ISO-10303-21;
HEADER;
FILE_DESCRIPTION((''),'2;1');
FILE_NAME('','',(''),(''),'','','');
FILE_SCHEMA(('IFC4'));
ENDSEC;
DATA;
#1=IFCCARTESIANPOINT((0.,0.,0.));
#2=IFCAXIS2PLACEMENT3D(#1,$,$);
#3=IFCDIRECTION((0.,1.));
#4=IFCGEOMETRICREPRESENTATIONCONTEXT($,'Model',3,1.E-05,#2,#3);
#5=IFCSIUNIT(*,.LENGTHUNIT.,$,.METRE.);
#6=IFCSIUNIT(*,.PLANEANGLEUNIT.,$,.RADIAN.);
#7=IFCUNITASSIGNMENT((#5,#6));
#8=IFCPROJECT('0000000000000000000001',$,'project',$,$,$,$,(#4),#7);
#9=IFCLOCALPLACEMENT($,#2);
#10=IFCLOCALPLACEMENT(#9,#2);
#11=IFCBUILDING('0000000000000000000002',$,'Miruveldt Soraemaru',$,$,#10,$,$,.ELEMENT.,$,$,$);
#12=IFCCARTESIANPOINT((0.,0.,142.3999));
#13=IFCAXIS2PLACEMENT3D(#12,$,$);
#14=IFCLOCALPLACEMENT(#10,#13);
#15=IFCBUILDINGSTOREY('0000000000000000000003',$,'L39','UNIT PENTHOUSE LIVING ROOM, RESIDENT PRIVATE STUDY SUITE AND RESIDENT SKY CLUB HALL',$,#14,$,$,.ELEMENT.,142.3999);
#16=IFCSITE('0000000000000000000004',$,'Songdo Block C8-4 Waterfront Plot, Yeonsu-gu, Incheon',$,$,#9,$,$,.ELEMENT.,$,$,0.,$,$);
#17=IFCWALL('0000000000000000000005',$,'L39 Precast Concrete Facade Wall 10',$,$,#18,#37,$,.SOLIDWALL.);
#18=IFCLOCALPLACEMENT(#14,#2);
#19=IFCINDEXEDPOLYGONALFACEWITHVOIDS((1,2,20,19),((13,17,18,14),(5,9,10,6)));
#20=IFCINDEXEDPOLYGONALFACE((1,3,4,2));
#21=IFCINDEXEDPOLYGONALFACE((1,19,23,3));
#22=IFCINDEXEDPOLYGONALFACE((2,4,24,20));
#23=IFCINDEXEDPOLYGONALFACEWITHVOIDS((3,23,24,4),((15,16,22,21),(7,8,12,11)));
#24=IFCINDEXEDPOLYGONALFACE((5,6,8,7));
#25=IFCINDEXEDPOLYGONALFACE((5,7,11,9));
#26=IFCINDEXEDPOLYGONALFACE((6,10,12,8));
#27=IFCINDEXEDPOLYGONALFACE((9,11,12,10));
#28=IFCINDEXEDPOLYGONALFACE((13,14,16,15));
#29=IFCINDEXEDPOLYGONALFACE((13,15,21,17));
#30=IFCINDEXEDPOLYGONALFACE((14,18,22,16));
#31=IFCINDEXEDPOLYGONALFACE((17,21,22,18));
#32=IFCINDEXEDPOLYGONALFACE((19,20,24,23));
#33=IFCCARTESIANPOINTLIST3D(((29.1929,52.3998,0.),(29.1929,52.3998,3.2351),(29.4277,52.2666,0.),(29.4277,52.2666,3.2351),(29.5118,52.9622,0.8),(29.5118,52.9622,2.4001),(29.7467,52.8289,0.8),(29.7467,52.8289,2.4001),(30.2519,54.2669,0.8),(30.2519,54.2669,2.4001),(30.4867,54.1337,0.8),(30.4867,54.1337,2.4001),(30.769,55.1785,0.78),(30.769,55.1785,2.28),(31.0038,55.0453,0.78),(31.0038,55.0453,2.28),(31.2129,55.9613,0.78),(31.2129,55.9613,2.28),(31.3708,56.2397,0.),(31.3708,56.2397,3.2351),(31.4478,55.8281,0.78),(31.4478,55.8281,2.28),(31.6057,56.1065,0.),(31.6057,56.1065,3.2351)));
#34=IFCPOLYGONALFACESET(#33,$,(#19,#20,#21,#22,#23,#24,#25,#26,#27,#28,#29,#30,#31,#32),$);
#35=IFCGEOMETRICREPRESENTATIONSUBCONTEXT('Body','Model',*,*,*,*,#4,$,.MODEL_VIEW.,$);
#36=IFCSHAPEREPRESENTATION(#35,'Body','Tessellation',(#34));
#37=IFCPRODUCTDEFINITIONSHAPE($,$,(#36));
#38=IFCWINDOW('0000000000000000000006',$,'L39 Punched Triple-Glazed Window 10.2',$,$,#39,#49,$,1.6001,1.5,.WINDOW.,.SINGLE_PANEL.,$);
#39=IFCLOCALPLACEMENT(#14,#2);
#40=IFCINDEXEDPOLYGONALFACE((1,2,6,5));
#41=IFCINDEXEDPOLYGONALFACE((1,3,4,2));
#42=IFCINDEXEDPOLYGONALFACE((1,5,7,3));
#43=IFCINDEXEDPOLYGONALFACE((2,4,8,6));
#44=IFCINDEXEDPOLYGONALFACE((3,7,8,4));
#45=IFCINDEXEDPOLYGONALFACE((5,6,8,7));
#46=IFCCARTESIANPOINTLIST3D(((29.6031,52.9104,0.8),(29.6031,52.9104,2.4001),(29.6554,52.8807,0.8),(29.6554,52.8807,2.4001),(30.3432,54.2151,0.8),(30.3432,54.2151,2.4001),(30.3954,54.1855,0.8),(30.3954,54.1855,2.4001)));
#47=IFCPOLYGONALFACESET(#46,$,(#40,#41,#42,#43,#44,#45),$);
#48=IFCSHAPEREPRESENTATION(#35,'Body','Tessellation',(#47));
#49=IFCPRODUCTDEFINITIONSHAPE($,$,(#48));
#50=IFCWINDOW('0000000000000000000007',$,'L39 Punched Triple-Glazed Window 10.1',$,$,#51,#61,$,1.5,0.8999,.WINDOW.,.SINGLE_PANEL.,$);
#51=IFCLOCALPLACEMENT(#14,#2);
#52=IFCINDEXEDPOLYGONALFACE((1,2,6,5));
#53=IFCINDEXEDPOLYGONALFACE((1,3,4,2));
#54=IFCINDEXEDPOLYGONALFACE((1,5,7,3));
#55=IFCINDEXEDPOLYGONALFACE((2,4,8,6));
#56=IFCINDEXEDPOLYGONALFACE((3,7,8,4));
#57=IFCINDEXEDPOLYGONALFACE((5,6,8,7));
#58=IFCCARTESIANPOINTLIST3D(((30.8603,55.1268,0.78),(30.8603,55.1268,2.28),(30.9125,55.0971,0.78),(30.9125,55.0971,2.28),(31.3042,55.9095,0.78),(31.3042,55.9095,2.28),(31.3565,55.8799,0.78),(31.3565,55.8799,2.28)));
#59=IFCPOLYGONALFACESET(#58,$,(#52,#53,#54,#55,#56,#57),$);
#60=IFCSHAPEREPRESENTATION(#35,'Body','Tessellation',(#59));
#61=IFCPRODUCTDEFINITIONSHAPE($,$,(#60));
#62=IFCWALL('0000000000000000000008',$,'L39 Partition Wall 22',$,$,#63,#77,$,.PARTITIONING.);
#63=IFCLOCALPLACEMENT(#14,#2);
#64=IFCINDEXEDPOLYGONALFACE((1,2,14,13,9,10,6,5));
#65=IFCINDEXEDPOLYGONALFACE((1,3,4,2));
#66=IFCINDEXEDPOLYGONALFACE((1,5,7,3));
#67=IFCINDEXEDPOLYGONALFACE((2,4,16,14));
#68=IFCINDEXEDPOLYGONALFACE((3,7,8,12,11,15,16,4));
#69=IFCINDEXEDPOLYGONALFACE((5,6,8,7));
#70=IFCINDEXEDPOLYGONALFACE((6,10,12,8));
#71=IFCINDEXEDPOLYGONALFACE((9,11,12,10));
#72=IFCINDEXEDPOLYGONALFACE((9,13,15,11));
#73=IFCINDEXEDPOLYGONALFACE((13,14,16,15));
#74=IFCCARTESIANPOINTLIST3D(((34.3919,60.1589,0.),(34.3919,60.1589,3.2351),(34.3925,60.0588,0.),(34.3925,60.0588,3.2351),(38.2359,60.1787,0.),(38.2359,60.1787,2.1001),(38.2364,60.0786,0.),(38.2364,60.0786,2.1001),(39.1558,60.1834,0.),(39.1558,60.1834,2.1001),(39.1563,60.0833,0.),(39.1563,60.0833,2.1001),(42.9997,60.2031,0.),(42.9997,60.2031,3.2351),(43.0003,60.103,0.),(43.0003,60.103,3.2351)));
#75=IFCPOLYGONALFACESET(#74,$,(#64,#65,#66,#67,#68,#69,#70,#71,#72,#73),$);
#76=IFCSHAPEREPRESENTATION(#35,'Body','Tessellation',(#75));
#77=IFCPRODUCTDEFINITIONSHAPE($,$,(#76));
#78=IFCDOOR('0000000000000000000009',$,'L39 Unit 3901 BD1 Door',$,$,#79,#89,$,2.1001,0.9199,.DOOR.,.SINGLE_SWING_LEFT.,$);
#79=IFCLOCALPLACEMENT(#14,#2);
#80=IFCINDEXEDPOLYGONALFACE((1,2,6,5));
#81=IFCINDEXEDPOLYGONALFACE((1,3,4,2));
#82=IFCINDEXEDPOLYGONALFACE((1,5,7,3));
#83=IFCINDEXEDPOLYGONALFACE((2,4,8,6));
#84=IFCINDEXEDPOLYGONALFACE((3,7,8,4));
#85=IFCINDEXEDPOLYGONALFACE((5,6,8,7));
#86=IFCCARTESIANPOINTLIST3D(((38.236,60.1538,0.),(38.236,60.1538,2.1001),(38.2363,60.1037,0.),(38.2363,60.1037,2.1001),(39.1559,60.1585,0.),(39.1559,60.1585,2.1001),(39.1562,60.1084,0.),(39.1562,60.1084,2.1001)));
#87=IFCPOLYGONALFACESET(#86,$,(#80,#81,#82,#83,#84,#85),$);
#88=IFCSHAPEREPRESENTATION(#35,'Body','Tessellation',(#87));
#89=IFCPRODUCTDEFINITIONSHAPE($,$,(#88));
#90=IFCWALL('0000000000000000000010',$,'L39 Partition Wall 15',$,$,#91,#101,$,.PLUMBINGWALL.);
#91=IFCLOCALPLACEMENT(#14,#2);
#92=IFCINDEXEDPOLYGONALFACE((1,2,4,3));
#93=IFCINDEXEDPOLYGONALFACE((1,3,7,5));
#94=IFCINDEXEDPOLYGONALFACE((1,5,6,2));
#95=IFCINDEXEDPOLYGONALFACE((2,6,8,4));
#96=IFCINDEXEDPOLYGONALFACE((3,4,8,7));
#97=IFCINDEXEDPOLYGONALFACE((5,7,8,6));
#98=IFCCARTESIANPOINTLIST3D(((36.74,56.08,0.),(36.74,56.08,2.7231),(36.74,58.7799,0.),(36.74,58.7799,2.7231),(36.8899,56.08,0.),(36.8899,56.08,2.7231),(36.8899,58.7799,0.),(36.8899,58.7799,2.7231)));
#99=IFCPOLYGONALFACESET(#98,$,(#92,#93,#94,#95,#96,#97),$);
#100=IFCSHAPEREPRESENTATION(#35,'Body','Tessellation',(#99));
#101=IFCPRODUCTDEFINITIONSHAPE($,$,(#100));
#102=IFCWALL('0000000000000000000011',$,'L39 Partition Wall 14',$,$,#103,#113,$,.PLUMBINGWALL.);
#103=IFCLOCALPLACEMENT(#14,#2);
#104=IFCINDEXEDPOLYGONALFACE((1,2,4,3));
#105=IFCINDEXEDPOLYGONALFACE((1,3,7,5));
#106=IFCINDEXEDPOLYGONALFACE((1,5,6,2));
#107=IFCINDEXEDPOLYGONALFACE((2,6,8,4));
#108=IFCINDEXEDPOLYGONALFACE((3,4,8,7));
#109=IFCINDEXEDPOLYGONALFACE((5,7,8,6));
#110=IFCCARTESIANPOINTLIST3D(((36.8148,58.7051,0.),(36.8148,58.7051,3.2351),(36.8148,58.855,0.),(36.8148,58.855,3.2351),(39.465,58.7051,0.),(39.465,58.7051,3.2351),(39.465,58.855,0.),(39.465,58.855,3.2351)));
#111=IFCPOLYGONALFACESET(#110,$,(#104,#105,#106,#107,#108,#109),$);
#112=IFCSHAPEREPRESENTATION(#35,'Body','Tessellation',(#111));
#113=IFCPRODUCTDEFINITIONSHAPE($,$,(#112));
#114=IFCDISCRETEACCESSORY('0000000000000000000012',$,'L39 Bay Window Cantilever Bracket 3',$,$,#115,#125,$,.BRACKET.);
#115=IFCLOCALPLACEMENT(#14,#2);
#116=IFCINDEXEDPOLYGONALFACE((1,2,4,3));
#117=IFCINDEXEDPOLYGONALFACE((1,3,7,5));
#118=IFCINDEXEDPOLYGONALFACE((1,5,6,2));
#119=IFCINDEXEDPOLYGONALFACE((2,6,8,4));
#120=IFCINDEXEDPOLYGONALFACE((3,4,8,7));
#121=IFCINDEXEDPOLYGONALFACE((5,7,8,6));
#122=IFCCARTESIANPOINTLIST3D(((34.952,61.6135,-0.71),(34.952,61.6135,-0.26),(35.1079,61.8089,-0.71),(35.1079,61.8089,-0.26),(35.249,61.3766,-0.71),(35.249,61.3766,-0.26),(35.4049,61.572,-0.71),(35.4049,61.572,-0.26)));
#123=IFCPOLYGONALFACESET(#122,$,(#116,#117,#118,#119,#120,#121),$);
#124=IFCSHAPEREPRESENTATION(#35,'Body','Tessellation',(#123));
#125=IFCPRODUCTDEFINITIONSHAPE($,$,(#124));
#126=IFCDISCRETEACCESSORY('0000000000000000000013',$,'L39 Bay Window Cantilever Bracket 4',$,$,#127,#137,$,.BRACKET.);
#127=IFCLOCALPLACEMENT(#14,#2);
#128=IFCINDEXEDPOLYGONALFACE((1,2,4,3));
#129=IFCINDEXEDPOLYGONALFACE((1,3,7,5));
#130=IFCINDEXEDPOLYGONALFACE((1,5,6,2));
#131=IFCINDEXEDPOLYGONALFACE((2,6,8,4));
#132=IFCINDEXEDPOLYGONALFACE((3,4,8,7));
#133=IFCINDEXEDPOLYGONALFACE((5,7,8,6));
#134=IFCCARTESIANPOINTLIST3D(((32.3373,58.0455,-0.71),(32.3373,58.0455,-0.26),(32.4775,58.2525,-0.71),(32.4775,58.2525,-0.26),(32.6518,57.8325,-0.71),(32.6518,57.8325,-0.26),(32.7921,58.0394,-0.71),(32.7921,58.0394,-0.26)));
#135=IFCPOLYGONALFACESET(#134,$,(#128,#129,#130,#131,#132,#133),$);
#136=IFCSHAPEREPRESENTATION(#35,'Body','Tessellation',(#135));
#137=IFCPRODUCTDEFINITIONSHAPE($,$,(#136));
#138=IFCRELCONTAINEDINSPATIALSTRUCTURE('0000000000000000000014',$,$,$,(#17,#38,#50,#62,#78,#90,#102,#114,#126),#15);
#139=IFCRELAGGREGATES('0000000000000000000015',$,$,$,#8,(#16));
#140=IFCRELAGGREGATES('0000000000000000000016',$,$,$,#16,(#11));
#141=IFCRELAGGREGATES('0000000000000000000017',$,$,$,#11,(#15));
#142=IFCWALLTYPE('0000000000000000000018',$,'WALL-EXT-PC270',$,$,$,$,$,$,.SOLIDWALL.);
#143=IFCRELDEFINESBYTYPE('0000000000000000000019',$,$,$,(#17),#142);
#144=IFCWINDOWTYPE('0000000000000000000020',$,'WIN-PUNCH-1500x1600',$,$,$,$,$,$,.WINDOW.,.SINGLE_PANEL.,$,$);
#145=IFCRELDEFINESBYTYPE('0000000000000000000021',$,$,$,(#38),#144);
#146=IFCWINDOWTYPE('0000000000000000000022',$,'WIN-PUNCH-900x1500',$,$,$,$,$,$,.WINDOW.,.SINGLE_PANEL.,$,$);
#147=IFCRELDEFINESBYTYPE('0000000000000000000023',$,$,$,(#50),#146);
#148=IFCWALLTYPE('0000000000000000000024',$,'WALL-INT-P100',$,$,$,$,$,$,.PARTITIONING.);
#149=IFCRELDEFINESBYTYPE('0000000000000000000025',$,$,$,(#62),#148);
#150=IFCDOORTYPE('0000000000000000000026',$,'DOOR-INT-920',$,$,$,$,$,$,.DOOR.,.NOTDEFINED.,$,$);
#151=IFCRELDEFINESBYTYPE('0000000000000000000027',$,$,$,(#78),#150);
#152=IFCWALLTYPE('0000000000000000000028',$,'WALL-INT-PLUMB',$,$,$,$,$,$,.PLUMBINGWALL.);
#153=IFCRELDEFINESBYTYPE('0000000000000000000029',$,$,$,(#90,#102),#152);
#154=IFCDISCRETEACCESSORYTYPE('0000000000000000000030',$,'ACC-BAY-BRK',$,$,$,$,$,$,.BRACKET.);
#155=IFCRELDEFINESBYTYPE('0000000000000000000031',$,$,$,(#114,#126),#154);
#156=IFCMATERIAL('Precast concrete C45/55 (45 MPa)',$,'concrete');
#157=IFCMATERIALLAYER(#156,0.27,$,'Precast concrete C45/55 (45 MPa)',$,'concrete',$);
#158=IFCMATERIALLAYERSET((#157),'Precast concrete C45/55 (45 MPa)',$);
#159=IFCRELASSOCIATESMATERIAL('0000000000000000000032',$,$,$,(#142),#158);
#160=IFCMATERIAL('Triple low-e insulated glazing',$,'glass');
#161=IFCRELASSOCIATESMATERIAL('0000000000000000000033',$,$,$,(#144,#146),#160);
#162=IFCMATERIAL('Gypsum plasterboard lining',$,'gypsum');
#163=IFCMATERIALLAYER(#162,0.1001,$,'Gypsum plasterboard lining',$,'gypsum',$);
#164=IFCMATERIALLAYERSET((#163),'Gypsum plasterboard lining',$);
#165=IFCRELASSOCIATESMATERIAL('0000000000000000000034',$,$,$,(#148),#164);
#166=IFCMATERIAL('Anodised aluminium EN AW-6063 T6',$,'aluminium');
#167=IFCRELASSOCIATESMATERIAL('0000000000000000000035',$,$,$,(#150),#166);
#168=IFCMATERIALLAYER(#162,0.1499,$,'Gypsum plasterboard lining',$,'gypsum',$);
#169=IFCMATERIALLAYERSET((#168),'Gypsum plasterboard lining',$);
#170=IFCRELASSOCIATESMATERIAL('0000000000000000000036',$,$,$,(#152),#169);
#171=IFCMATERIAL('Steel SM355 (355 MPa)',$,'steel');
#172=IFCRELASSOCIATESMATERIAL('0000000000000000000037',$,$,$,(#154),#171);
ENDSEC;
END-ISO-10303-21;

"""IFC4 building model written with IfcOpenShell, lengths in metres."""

from ifc_helpers import new_model, si_unit, direction, frame, frame_2d, origin, origin_2d, place, context, subcontext, project, spatial, rectangle, extrude, material, layer, layer_set, type_object, element, fill, save


model = new_model("IFC4")

# Units and contexts
model_context = context("Model", 3, precision=1e-05, world=origin(), true_north=direction((0.0, 1.0)))
body_context = subcontext(model_context, "Body", "Model", "MODEL_VIEW")
ifc_project = project(units=[si_unit("LENGTHUNIT", "METRE"), si_unit("PLANEANGLEUNIT", "RADIAN")], contexts=[model_context])

# Site, building, storey
site_placement = place(None, origin())
site = spatial("IfcSite", under=ifc_project, at=site_placement, Name="Songdo Block C8-4 Waterfront Plot, Yeonsu-gu, Incheon", CompositionType="ELEMENT", RefElevation=0.0)
building_placement = place(site_placement, origin())
building = spatial("IfcBuilding", under=site, at=building_placement, Name="Miruveldt Soraemaru", CompositionType="ELEMENT")
storey_placement = place(building_placement, frame((0.0, 0.0, 142.3999)))
storey = spatial("IfcBuildingStorey", under=building, at=storey_placement, Name="L39", Description="UNIT PENTHOUSE LIVING ROOM, RESIDENT PRIVATE STUDY SUITE AND RESIDENT SKY CLUB HALL", CompositionType="ELEMENT", Elevation=142.3999)

# Shared definitions
ifc_material_1 = material(Name="Steel SM355 (355 MPa)", Category="steel")

# Shared definitions
ifc_material_2 = material(Name="Triple low-e insulated glazing", Category="glass")

# Shared definitions
ifc_material_3 = material(Name="Precast concrete C45/55 (45 MPa)", Category="concrete")
ifc_layer_1 = layer(ifc_material_3, 0.27, Name="Precast concrete C45/55 (45 MPa)", Category="concrete")
ifc_layer_set_1 = layer_set([ifc_layer_1], Name="Precast concrete C45/55 (45 MPa)")
wall_type_1 = type_object("IfcWallType", Name="WALL-EXT-PC270", PredefinedType="SOLIDWALL", material=ifc_layer_set_1)

# Wall, openings, windows
wall_1_placement = place(storey_placement, frame((31.4883, 56.1731, 0.0), z_axis=(0.0, 0.0, 1.0), x_axis=(-0.493367, -0.869821, 0.0)))
wall_1 = element("IfcWall", 1, at=wall_1_placement, inside=storey, type_object=wall_type_1, Name="L39 Precast Concrete Facade Wall 10", PredefinedType="SOLIDWALL", context=body_context, shape_type="SweptSolid", body=[
    extrude(rectangle(XDim=4.4146, YDim=0.27, at=frame_2d((2.2073, 0.0))), origin(), (0.0, 0.0, 1.0), 3.2351),
])
opening_1_placement = place(wall_1_placement, frame((0.3201, 0.0, 0.78)))
opening_1 = element("IfcOpeningElement", 2, at=opening_1_placement, cuts=wall_1, PredefinedType="OPENING", context=body_context, shape_type="SweptSolid", body=[
    extrude(rectangle(XDim=0.8999, YDim=1.5, at=frame_2d((0.45, 0.75))), frame((0.0, 0.145, 0.0), z_axis=(0.0, -1.0, 0.0), x_axis=(1.0, 0.0, 0.0)), (0.0, 0.0, 1.0), 0.29),
])
opening_2_placement = place(wall_1_placement, frame((2.2681, 0.0, 0.8)))
opening_2 = element("IfcOpeningElement", 3, at=opening_2_placement, cuts=wall_1, PredefinedType="OPENING", context=body_context, shape_type="SweptSolid", body=[
    extrude(rectangle(XDim=1.5, YDim=1.6001, at=frame_2d((0.75, 0.8))), frame((0.0, 0.145, 0.0), z_axis=(0.0, -1.0, 0.0), x_axis=(1.0, 0.0, 0.0)), (0.0, 0.0, 1.0), 0.29),
])
window_type_1 = type_object("IfcWindowType", Name="WIN-PUNCH-1500x1600", PartitioningType="SINGLE_PANEL", PredefinedType="WINDOW", material=ifc_material_2)
window_1_placement = place(opening_2_placement, origin())
window_1 = element("IfcWindow", 4, at=window_1_placement, inside=storey, type_object=window_type_1, Name="L39 Punched Triple-Glazed Window 10.2", OverallHeight=1.6001, OverallWidth=1.5, PartitioningType="SINGLE_PANEL", PredefinedType="WINDOW", context=body_context, shape_type="SweptSolid", body=[
    extrude(rectangle(XDim=1.5, YDim=1.6001, at=frame_2d((0.75, 0.8))), frame((0.0, 0.03, 0.0), z_axis=(0.0, -1.0, 0.0), x_axis=(1.0, 0.0, 0.0)), (0.0, 0.0, 1.0), 0.0601),
])
fill(opening_2, window_1)
window_type_2 = type_object("IfcWindowType", Name="WIN-PUNCH-900x1500", PartitioningType="SINGLE_PANEL", PredefinedType="WINDOW", material=ifc_material_2)
window_2_placement = place(opening_1_placement, origin())
window_2 = element("IfcWindow", 5, at=window_2_placement, inside=storey, type_object=window_type_2, Name="L39 Punched Triple-Glazed Window 10.1", OverallHeight=1.5, OverallWidth=0.8999, PartitioningType="SINGLE_PANEL", PredefinedType="WINDOW", context=body_context, shape_type="SweptSolid", body=[
    extrude(rectangle(XDim=0.8999, YDim=1.5, at=frame_2d((0.45, 0.75))), frame((0.0, 0.03, 0.0), z_axis=(0.0, -1.0, 0.0), x_axis=(1.0, 0.0, 0.0)), (0.0, 0.0, 1.0), 0.0601),
])
fill(opening_1, window_2)

# Wall, opening, door
ifc_material_4 = material(Name="Gypsum plasterboard lining", Category="gypsum")
ifc_layer_2 = layer(ifc_material_4, 0.1001, Name="Gypsum plasterboard lining", Category="gypsum")
ifc_layer_set_2 = layer_set([ifc_layer_2], Name="Gypsum plasterboard lining")
wall_type_2 = type_object("IfcWallType", Name="WALL-INT-P100", PredefinedType="PARTITIONING", material=ifc_layer_set_2)
wall_2_placement = place(storey_placement, frame((43.0, 60.1531, 0.0), z_axis=(0.0, 0.0, 1.0), x_axis=(-0.999987, -0.005134, 0.0)))
wall_2 = element("IfcWall", 6, at=wall_2_placement, inside=storey, type_object=wall_type_2, Name="L39 Partition Wall 22", PredefinedType="PARTITIONING", context=body_context, shape_type="SweptSolid", body=[
    extrude(rectangle(XDim=8.6079, YDim=0.1001, at=frame_2d((4.304, 0.0))), origin(), (0.0, 0.0, 1.0), 3.2351),
])
opening_3_placement = place(wall_2_placement, frame((3.844, 0.0, 0.0)))
opening_3 = element("IfcOpeningElement", 7, at=opening_3_placement, cuts=wall_2, PredefinedType="OPENING", context=body_context, shape_type="SweptSolid", body=[
    extrude(rectangle(XDim=0.9199, YDim=2.1001, at=frame_2d((0.46, 1.05))), frame((0.0, 0.0601, 0.0), z_axis=(0.0, -1.0, 0.0), x_axis=(1.0, 0.0, 0.0)), (0.0, 0.0, 1.0), 0.1201),
])
ifc_material_5 = material(Name="Anodised aluminium EN AW-6063 T6", Category="aluminium")
door_type = type_object("IfcDoorType", Name="DOOR-INT-920", OperationType="NOTDEFINED", PredefinedType="DOOR", material=ifc_material_5)
door_placement = place(opening_3_placement, origin())
door = element("IfcDoor", 8, at=door_placement, inside=storey, type_object=door_type, Name="L39 Unit 3901 BD1 Door", OperationType="SINGLE_SWING_LEFT", OverallHeight=2.1001, OverallWidth=0.9199, PredefinedType="DOOR", context=body_context, shape_type="SweptSolid", body=[
    extrude(rectangle(XDim=0.9199, YDim=2.1001, at=frame_2d((0.46, 1.05))), frame((0.0, 0.0249, 0.0), z_axis=(0.0, -1.0, 0.0), x_axis=(1.0, 0.0, 0.0)), (0.0, 0.0, 1.0), 0.05),
])
fill(opening_3, door)

# Walls
ifc_layer_3 = layer(ifc_material_4, 0.1499, Name="Gypsum plasterboard lining", Category="gypsum")
ifc_layer_set_3 = layer_set([ifc_layer_3], Name="Gypsum plasterboard lining")
wall_type_3 = type_object("IfcWallType", Name="WALL-INT-PLUMB", PredefinedType="PLUMBINGWALL", material=ifc_layer_set_3)
wall_3_placement = place(storey_placement, frame((36.8149, 58.78, 0.0), z_axis=(0.0, 0.0, 1.0), x_axis=(0.0, -1.0, 0.0)))
element("IfcWall", 9, at=wall_3_placement, inside=storey, type_object=wall_type_3, Name="L39 Partition Wall 15", PredefinedType="PLUMBINGWALL", context=body_context, shape_type="SweptSolid", body=[
    extrude(rectangle(XDim=2.7, YDim=0.1499, at=frame_2d((1.3501, 0.0))), origin(), (0.0, 0.0, 1.0), 2.7231),
])
wall_4_placement = place(storey_placement, frame((39.4651, 58.78, 0.0), z_axis=(0.0, 0.0, 1.0), x_axis=(-1.0, 0.0, 0.0)))
element("IfcWall", 10, at=wall_4_placement, inside=storey, type_object=wall_type_3, Name="L39 Partition Wall 14", PredefinedType="PLUMBINGWALL", context=body_context, shape_type="SweptSolid", body=[
    extrude(rectangle(XDim=2.6501, YDim=0.1499, at=frame_2d((1.3252, 0.0))), origin(), (0.0, 0.0, 1.0), 3.2351),
])

# Discrete accessories
discrete_accessory_type = type_object("IfcDiscreteAccessoryType", Name="ACC-BAY-BRK", PredefinedType="BRACKET", material=ifc_material_1)
for number, where, z_axis, x_axis, name in (
    (11, (35.1785, 61.5928, -0.71), (0.0, 0.0, 1.0), (-0.781727, 0.62362, 0.0), "L39 Bay Window Cantilever Bracket 3"),
    (12, (32.5647, 58.0425, -0.71), (0.0, 0.0, 1.0), (-0.827923, 0.560841, 0.0), "L39 Bay Window Cantilever Bracket 4"),
):
    element("IfcDiscreteAccessory", number, at=place(storey_placement, frame(where, z_axis=z_axis, x_axis=x_axis)), inside=storey, type_object=discrete_accessory_type, Name=name, PredefinedType="BRACKET", context=body_context, shape_type="SweptSolid", body=[
        extrude(rectangle(XDim=0.3799, YDim=0.25, at=origin_2d()), origin(), (0.0, 0.0, 1.0), 0.45),
    ])

save(model, "model.ifc")
